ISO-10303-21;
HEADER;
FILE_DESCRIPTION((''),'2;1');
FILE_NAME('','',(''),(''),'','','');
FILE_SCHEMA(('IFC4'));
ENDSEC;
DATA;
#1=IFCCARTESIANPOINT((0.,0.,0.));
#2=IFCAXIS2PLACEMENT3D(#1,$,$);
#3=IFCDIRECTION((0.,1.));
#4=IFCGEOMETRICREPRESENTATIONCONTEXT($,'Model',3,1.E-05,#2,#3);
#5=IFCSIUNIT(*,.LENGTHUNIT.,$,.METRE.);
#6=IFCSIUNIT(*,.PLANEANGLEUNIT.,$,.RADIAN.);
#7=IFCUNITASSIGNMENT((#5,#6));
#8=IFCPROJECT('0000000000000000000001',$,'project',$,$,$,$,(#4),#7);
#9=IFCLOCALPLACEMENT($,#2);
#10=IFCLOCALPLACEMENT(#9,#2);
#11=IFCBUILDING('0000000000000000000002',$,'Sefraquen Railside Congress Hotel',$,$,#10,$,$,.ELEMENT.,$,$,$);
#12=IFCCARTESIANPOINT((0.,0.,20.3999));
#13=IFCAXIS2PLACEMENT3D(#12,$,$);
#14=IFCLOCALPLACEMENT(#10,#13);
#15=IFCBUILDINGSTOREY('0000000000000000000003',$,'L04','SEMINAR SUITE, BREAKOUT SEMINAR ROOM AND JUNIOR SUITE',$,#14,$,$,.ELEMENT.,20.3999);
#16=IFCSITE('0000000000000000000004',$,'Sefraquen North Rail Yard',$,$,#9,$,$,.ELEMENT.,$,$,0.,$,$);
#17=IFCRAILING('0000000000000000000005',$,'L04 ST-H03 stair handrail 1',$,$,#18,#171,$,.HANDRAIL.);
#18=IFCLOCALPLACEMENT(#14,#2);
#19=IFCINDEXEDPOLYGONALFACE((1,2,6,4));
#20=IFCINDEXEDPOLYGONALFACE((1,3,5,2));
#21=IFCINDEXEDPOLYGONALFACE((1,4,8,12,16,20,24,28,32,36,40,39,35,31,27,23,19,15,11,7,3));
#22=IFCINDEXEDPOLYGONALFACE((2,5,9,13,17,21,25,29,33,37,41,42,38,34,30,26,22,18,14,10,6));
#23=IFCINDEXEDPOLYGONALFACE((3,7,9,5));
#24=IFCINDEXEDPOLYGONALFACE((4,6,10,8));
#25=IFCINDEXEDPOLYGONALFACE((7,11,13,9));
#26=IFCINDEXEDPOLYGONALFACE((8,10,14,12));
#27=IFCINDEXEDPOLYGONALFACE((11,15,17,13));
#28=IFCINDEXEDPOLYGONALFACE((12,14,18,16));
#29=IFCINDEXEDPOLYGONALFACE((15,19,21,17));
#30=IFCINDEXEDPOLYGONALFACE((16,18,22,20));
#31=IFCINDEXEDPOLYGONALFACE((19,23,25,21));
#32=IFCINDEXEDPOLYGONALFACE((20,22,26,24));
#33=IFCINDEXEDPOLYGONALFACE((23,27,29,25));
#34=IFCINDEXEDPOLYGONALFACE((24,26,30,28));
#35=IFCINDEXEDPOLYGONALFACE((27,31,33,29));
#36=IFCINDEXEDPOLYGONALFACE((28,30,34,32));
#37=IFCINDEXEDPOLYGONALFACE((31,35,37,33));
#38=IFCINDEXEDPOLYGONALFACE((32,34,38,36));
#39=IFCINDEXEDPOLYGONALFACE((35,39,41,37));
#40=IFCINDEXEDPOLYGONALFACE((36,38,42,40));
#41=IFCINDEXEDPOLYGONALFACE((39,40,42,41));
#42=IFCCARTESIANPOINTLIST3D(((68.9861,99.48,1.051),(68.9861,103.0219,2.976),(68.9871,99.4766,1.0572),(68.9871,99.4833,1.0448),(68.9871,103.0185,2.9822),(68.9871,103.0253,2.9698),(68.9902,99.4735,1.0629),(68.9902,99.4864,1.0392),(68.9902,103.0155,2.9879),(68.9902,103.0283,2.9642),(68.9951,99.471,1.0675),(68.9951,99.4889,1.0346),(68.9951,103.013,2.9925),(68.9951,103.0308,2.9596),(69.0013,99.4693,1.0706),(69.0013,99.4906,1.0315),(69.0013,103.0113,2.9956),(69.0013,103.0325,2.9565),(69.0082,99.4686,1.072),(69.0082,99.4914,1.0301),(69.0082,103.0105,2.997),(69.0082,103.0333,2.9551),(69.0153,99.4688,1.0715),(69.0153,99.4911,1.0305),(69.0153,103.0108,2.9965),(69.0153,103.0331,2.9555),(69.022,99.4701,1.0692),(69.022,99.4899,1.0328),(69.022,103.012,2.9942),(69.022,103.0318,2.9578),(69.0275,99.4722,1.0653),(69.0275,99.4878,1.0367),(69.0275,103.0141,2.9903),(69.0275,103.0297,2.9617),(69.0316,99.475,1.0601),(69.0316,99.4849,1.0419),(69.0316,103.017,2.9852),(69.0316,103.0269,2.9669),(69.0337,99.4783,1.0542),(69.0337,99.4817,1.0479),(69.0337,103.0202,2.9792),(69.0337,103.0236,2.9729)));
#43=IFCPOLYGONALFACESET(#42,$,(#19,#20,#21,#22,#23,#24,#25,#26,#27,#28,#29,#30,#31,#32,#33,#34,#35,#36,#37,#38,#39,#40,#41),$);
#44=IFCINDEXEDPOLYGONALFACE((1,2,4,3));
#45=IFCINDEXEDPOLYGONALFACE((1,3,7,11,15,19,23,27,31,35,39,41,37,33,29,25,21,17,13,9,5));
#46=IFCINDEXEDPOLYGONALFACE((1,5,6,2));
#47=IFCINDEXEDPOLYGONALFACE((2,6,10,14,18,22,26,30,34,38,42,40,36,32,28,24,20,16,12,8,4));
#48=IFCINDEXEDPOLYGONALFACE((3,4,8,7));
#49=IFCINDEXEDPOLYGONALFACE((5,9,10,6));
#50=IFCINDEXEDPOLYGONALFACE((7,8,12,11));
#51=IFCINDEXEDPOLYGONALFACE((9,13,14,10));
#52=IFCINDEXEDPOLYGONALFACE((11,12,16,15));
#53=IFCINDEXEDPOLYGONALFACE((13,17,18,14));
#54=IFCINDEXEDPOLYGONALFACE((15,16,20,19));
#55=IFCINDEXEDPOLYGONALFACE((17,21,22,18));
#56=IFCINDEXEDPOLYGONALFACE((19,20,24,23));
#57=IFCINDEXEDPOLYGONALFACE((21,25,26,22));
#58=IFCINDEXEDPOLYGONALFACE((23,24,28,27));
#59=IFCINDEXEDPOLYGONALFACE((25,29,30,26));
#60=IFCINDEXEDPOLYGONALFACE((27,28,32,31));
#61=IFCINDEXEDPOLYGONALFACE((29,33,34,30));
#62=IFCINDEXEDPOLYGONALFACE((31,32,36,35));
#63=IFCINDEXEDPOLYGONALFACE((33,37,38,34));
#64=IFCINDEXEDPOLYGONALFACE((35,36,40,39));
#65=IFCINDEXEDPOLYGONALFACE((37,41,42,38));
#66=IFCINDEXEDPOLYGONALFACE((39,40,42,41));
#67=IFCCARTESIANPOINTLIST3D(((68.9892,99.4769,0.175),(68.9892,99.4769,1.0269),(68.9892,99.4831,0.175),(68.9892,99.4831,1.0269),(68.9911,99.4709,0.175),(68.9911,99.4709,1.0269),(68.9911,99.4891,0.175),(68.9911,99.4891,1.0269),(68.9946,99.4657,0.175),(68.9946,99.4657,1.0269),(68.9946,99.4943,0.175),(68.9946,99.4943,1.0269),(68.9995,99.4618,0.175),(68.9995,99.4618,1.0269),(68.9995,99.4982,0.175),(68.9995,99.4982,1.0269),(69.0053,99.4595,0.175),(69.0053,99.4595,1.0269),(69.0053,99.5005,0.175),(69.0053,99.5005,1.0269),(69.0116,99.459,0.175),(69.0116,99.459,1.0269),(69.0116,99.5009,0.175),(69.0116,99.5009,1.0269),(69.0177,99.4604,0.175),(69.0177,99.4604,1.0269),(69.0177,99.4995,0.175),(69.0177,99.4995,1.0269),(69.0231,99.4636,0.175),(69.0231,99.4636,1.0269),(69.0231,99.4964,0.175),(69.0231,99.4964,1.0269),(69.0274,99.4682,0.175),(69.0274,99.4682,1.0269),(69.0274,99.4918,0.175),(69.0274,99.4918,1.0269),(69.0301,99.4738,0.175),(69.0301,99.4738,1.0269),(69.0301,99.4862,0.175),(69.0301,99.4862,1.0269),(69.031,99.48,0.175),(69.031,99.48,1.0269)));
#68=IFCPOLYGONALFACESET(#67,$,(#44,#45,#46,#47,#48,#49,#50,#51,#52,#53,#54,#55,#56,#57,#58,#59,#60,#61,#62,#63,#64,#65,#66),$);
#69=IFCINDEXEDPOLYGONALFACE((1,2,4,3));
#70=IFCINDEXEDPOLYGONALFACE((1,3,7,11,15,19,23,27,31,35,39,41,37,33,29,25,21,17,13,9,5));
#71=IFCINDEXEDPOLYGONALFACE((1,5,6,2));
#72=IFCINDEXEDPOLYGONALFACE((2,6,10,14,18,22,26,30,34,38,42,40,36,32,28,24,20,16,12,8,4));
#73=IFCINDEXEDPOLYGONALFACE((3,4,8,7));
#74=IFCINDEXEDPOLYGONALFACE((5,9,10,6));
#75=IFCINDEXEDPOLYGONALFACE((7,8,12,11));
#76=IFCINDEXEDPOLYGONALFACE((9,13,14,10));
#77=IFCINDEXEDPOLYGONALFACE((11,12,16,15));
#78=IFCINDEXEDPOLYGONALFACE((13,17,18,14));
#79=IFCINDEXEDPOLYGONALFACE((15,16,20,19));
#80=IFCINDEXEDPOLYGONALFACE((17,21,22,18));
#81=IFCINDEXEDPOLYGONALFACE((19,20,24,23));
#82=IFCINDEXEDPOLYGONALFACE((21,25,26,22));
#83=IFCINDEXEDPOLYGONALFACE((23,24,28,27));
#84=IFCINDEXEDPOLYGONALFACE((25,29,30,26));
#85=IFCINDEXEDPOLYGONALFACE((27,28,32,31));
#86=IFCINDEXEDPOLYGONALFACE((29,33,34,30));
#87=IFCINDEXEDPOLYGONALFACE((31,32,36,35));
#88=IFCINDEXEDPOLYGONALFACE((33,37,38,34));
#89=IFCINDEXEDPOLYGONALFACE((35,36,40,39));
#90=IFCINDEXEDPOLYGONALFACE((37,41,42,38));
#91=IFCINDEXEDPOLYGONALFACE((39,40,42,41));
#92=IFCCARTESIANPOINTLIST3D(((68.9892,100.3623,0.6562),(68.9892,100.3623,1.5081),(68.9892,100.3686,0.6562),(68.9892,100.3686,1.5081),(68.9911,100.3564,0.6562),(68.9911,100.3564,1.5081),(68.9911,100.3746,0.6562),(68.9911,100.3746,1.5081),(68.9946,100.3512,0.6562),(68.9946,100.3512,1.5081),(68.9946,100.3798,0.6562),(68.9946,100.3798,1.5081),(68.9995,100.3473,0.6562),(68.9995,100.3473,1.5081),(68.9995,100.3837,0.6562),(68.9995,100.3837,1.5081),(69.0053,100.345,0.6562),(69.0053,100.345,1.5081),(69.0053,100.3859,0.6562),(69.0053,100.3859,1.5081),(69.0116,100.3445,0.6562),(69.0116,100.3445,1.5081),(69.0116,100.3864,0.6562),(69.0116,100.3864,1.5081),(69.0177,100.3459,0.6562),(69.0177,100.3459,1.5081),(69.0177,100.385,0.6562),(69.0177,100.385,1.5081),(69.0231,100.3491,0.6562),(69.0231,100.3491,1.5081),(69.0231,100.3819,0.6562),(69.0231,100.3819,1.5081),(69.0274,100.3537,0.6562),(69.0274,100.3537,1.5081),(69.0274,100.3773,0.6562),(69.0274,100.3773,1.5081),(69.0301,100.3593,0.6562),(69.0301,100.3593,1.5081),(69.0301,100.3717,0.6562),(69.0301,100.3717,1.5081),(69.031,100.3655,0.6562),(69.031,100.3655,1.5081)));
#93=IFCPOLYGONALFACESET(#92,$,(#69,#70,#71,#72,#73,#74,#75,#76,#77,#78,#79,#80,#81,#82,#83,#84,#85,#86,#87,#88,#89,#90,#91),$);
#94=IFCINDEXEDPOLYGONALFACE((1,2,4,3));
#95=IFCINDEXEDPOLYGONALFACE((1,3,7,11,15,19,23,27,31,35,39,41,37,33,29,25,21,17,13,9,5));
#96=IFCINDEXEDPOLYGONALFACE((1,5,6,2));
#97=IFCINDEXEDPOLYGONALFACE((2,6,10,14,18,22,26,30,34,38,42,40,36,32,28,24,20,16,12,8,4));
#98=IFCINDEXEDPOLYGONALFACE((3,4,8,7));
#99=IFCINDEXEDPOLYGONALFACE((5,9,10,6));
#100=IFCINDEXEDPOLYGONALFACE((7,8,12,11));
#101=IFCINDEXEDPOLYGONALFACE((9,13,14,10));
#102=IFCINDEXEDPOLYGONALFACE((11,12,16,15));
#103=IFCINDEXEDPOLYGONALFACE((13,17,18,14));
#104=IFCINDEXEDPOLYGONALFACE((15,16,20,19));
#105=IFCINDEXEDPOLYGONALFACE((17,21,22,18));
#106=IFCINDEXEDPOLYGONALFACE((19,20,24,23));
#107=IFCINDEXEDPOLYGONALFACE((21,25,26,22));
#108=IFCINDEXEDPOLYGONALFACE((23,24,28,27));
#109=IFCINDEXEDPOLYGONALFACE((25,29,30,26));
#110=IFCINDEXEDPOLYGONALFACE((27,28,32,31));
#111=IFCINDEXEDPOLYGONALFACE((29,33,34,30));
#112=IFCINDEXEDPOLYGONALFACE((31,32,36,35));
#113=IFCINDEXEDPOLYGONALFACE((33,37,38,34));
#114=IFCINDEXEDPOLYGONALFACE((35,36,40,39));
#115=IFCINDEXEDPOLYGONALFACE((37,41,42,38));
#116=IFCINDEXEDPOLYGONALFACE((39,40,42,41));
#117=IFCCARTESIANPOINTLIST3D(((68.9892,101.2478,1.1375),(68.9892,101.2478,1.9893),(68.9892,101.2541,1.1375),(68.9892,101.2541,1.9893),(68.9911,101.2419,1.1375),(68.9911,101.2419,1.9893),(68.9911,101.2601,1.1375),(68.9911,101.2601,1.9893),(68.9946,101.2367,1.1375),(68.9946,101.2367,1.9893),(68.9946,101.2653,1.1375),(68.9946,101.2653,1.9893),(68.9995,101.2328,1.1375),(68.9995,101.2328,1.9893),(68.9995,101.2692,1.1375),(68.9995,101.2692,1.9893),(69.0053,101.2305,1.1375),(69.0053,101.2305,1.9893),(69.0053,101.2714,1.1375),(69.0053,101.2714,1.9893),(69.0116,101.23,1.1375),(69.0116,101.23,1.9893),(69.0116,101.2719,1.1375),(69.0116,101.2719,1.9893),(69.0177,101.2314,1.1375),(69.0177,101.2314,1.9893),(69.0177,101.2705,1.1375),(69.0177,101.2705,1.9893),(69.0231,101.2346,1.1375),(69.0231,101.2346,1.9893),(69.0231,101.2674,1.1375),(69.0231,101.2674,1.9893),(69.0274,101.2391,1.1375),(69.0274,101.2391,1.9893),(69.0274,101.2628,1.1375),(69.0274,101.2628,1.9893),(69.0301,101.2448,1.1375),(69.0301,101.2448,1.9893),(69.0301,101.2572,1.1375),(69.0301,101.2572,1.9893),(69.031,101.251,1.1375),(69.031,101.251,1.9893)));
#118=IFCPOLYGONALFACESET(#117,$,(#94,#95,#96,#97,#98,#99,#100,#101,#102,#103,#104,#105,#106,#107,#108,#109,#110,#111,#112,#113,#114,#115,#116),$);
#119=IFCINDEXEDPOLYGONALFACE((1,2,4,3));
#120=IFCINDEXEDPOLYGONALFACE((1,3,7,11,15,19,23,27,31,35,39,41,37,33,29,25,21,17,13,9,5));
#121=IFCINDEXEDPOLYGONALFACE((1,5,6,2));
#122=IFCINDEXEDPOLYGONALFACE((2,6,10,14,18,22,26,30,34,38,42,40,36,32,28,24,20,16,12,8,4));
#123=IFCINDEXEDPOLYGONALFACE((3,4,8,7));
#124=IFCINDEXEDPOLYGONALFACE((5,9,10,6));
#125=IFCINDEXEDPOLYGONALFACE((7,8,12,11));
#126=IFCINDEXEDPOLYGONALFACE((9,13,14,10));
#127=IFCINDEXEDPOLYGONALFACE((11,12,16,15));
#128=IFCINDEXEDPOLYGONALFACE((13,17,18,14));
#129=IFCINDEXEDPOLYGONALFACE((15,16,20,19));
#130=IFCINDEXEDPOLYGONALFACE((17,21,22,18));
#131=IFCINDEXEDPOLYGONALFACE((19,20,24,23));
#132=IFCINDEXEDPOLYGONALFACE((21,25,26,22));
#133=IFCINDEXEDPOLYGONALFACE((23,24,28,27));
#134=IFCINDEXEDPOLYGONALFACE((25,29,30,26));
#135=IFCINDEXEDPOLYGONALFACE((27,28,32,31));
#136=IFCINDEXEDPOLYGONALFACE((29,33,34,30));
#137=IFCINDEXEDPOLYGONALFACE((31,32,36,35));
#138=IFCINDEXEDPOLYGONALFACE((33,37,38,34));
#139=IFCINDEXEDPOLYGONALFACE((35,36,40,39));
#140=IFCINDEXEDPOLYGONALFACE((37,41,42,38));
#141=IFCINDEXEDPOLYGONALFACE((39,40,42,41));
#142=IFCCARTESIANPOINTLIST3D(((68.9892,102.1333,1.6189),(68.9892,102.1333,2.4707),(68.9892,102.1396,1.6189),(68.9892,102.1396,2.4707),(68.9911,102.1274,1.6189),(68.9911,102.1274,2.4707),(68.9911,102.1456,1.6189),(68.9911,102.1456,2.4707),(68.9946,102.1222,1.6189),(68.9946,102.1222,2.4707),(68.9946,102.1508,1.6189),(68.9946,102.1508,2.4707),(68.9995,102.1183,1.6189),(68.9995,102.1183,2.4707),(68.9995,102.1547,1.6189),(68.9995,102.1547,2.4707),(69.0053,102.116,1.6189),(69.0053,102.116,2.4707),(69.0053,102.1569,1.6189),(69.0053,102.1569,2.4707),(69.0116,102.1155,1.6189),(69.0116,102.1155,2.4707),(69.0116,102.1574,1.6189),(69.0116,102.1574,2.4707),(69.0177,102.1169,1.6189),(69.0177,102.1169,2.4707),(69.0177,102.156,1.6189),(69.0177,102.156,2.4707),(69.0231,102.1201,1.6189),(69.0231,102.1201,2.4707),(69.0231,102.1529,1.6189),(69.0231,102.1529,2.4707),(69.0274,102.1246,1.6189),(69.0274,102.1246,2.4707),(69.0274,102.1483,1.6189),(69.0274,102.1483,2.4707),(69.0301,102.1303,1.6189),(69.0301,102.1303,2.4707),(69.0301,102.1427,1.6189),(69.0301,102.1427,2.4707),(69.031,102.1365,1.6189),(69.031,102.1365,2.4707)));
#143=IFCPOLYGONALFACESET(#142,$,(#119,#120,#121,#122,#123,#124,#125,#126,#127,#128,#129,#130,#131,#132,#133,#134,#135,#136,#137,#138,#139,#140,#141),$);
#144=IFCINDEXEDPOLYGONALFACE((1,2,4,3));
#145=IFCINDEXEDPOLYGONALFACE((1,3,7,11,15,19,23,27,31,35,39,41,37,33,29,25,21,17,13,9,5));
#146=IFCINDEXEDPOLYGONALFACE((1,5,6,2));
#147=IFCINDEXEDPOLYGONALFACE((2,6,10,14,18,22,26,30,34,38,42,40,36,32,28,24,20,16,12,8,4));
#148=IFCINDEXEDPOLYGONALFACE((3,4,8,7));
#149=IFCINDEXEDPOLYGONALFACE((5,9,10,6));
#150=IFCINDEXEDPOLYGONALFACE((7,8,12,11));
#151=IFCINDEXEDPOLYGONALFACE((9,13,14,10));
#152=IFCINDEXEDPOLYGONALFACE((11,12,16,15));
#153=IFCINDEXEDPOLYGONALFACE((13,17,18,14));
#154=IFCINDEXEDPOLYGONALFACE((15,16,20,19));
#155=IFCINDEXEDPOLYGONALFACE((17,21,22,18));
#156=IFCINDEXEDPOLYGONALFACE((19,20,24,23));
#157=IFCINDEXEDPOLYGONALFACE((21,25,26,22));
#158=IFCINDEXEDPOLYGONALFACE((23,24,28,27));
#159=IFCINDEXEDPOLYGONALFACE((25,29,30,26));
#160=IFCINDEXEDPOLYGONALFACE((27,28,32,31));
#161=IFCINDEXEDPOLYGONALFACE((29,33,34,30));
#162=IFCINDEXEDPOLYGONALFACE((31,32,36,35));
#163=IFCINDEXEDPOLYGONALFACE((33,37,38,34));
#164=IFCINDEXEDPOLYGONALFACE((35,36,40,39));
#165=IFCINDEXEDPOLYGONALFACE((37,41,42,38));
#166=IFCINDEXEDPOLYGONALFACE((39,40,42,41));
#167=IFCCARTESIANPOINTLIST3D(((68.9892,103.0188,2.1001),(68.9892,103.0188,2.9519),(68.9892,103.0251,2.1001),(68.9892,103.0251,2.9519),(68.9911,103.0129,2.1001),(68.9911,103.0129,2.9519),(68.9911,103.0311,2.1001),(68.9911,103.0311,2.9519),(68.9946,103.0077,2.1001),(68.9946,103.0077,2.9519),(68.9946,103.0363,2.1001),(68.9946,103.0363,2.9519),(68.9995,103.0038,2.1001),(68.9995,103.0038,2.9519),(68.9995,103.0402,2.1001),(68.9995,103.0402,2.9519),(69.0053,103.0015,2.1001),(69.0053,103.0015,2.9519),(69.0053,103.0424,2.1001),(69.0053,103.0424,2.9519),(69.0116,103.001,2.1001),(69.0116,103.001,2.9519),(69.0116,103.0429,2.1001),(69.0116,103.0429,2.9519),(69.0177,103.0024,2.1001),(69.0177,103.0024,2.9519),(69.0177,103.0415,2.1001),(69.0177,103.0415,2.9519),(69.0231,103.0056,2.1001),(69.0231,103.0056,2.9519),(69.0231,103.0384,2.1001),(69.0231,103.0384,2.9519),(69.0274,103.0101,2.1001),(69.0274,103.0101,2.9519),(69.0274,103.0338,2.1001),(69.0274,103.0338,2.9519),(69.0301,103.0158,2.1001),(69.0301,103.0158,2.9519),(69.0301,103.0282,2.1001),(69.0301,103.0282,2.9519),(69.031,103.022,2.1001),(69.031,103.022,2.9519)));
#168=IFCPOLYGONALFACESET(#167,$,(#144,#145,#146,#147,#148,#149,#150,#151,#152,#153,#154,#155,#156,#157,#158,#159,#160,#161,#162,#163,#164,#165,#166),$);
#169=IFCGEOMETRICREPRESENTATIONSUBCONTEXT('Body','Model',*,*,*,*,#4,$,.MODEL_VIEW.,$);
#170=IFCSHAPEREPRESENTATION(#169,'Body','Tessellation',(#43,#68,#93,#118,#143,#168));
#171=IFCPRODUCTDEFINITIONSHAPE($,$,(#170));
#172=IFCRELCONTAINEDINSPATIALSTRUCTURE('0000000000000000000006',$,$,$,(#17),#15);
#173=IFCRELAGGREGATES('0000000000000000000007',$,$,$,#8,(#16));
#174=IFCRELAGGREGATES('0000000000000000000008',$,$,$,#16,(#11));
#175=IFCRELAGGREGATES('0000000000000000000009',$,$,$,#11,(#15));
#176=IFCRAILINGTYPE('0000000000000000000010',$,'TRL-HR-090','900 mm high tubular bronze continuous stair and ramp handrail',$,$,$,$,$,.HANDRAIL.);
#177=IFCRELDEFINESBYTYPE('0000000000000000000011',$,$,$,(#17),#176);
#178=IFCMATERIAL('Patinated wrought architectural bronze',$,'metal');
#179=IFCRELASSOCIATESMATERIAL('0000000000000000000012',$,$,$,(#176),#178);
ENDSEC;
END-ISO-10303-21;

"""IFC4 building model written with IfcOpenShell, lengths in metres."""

from ifc_helpers import new_model, si_unit, direction, frame, origin, origin_2d, place, context, subcontext, project, spatial, circle, extrude, material, type_object, element, save


model = new_model("IFC4")

# Units and contexts
model_context = context("Model", 3, precision=1e-05, world=origin(), true_north=direction((0.0, 1.0)))
body_context = subcontext(model_context, "Body", "Model", "MODEL_VIEW")
ifc_project = project(units=[si_unit("LENGTHUNIT", "METRE"), si_unit("PLANEANGLEUNIT", "RADIAN")], contexts=[model_context])

# Site, building, storey
site_placement = place(None, origin())
site = spatial("IfcSite", under=ifc_project, at=site_placement, Name="Sefraquen North Rail Yard", CompositionType="ELEMENT", RefElevation=0.0)
building_placement = place(site_placement, origin())
building = spatial("IfcBuilding", under=site, at=building_placement, Name="Sefraquen Railside Congress Hotel", CompositionType="ELEMENT")
storey_placement = place(building_placement, frame((0.0, 0.0, 20.3999)))
storey = spatial("IfcBuildingStorey", under=building, at=storey_placement, Name="L04", Description="SEMINAR SUITE, BREAKOUT SEMINAR ROOM AND JUNIOR SUITE", CompositionType="ELEMENT", Elevation=20.3999)

# Railing
ifc_material_1 = material(Name="Patinated wrought architectural bronze", Category="metal")
railing_type_1 = type_object("IfcRailingType", Name="TRL-HR-090", Description="900 mm high tubular bronze continuous stair and ramp handrail", PredefinedType="HANDRAIL", material=ifc_material_1)
railing_1_placement = place(storey_placement, frame((69.01, 99.48, 0.175)))
element("IfcRailing", 1, at=railing_1_placement, inside=storey, type_object=railing_type_1, Name="L04 ST-H03 stair handrail 1", PredefinedType="HANDRAIL", context=body_context, shape_type="SweptSolid", body=[
    extrude(circle(Radius=0.0239, at=origin_2d()), frame((0.0, 0.0, 0.876), z_axis=(0.0, 0.878619, 0.477523), x_axis=(-1.0, 0.0, 0.0)), (0.0, 0.0, 1.0), 4.0312),
    extrude(circle(Radius=0.021, at=origin_2d()), origin(), (0.0, 0.0, 1.0), 0.8518),
    extrude(circle(Radius=0.021, at=origin_2d()), frame((0.0, 0.8855, 0.4812)), (0.0, 0.0, 1.0), 0.8518),
    extrude(circle(Radius=0.021, at=origin_2d()), frame((0.0, 1.771, 0.9624)), (0.0, 0.0, 1.0), 0.8518),
    extrude(circle(Radius=0.021, at=origin_2d()), frame((0.0, 2.6565, 1.4438)), (0.0, 0.0, 1.0), 0.8518),
    extrude(circle(Radius=0.021, at=origin_2d()), frame((0.0, 3.542, 1.925)), (0.0, 0.0, 1.0), 0.8518),
])

save(model, "model.ifc")
